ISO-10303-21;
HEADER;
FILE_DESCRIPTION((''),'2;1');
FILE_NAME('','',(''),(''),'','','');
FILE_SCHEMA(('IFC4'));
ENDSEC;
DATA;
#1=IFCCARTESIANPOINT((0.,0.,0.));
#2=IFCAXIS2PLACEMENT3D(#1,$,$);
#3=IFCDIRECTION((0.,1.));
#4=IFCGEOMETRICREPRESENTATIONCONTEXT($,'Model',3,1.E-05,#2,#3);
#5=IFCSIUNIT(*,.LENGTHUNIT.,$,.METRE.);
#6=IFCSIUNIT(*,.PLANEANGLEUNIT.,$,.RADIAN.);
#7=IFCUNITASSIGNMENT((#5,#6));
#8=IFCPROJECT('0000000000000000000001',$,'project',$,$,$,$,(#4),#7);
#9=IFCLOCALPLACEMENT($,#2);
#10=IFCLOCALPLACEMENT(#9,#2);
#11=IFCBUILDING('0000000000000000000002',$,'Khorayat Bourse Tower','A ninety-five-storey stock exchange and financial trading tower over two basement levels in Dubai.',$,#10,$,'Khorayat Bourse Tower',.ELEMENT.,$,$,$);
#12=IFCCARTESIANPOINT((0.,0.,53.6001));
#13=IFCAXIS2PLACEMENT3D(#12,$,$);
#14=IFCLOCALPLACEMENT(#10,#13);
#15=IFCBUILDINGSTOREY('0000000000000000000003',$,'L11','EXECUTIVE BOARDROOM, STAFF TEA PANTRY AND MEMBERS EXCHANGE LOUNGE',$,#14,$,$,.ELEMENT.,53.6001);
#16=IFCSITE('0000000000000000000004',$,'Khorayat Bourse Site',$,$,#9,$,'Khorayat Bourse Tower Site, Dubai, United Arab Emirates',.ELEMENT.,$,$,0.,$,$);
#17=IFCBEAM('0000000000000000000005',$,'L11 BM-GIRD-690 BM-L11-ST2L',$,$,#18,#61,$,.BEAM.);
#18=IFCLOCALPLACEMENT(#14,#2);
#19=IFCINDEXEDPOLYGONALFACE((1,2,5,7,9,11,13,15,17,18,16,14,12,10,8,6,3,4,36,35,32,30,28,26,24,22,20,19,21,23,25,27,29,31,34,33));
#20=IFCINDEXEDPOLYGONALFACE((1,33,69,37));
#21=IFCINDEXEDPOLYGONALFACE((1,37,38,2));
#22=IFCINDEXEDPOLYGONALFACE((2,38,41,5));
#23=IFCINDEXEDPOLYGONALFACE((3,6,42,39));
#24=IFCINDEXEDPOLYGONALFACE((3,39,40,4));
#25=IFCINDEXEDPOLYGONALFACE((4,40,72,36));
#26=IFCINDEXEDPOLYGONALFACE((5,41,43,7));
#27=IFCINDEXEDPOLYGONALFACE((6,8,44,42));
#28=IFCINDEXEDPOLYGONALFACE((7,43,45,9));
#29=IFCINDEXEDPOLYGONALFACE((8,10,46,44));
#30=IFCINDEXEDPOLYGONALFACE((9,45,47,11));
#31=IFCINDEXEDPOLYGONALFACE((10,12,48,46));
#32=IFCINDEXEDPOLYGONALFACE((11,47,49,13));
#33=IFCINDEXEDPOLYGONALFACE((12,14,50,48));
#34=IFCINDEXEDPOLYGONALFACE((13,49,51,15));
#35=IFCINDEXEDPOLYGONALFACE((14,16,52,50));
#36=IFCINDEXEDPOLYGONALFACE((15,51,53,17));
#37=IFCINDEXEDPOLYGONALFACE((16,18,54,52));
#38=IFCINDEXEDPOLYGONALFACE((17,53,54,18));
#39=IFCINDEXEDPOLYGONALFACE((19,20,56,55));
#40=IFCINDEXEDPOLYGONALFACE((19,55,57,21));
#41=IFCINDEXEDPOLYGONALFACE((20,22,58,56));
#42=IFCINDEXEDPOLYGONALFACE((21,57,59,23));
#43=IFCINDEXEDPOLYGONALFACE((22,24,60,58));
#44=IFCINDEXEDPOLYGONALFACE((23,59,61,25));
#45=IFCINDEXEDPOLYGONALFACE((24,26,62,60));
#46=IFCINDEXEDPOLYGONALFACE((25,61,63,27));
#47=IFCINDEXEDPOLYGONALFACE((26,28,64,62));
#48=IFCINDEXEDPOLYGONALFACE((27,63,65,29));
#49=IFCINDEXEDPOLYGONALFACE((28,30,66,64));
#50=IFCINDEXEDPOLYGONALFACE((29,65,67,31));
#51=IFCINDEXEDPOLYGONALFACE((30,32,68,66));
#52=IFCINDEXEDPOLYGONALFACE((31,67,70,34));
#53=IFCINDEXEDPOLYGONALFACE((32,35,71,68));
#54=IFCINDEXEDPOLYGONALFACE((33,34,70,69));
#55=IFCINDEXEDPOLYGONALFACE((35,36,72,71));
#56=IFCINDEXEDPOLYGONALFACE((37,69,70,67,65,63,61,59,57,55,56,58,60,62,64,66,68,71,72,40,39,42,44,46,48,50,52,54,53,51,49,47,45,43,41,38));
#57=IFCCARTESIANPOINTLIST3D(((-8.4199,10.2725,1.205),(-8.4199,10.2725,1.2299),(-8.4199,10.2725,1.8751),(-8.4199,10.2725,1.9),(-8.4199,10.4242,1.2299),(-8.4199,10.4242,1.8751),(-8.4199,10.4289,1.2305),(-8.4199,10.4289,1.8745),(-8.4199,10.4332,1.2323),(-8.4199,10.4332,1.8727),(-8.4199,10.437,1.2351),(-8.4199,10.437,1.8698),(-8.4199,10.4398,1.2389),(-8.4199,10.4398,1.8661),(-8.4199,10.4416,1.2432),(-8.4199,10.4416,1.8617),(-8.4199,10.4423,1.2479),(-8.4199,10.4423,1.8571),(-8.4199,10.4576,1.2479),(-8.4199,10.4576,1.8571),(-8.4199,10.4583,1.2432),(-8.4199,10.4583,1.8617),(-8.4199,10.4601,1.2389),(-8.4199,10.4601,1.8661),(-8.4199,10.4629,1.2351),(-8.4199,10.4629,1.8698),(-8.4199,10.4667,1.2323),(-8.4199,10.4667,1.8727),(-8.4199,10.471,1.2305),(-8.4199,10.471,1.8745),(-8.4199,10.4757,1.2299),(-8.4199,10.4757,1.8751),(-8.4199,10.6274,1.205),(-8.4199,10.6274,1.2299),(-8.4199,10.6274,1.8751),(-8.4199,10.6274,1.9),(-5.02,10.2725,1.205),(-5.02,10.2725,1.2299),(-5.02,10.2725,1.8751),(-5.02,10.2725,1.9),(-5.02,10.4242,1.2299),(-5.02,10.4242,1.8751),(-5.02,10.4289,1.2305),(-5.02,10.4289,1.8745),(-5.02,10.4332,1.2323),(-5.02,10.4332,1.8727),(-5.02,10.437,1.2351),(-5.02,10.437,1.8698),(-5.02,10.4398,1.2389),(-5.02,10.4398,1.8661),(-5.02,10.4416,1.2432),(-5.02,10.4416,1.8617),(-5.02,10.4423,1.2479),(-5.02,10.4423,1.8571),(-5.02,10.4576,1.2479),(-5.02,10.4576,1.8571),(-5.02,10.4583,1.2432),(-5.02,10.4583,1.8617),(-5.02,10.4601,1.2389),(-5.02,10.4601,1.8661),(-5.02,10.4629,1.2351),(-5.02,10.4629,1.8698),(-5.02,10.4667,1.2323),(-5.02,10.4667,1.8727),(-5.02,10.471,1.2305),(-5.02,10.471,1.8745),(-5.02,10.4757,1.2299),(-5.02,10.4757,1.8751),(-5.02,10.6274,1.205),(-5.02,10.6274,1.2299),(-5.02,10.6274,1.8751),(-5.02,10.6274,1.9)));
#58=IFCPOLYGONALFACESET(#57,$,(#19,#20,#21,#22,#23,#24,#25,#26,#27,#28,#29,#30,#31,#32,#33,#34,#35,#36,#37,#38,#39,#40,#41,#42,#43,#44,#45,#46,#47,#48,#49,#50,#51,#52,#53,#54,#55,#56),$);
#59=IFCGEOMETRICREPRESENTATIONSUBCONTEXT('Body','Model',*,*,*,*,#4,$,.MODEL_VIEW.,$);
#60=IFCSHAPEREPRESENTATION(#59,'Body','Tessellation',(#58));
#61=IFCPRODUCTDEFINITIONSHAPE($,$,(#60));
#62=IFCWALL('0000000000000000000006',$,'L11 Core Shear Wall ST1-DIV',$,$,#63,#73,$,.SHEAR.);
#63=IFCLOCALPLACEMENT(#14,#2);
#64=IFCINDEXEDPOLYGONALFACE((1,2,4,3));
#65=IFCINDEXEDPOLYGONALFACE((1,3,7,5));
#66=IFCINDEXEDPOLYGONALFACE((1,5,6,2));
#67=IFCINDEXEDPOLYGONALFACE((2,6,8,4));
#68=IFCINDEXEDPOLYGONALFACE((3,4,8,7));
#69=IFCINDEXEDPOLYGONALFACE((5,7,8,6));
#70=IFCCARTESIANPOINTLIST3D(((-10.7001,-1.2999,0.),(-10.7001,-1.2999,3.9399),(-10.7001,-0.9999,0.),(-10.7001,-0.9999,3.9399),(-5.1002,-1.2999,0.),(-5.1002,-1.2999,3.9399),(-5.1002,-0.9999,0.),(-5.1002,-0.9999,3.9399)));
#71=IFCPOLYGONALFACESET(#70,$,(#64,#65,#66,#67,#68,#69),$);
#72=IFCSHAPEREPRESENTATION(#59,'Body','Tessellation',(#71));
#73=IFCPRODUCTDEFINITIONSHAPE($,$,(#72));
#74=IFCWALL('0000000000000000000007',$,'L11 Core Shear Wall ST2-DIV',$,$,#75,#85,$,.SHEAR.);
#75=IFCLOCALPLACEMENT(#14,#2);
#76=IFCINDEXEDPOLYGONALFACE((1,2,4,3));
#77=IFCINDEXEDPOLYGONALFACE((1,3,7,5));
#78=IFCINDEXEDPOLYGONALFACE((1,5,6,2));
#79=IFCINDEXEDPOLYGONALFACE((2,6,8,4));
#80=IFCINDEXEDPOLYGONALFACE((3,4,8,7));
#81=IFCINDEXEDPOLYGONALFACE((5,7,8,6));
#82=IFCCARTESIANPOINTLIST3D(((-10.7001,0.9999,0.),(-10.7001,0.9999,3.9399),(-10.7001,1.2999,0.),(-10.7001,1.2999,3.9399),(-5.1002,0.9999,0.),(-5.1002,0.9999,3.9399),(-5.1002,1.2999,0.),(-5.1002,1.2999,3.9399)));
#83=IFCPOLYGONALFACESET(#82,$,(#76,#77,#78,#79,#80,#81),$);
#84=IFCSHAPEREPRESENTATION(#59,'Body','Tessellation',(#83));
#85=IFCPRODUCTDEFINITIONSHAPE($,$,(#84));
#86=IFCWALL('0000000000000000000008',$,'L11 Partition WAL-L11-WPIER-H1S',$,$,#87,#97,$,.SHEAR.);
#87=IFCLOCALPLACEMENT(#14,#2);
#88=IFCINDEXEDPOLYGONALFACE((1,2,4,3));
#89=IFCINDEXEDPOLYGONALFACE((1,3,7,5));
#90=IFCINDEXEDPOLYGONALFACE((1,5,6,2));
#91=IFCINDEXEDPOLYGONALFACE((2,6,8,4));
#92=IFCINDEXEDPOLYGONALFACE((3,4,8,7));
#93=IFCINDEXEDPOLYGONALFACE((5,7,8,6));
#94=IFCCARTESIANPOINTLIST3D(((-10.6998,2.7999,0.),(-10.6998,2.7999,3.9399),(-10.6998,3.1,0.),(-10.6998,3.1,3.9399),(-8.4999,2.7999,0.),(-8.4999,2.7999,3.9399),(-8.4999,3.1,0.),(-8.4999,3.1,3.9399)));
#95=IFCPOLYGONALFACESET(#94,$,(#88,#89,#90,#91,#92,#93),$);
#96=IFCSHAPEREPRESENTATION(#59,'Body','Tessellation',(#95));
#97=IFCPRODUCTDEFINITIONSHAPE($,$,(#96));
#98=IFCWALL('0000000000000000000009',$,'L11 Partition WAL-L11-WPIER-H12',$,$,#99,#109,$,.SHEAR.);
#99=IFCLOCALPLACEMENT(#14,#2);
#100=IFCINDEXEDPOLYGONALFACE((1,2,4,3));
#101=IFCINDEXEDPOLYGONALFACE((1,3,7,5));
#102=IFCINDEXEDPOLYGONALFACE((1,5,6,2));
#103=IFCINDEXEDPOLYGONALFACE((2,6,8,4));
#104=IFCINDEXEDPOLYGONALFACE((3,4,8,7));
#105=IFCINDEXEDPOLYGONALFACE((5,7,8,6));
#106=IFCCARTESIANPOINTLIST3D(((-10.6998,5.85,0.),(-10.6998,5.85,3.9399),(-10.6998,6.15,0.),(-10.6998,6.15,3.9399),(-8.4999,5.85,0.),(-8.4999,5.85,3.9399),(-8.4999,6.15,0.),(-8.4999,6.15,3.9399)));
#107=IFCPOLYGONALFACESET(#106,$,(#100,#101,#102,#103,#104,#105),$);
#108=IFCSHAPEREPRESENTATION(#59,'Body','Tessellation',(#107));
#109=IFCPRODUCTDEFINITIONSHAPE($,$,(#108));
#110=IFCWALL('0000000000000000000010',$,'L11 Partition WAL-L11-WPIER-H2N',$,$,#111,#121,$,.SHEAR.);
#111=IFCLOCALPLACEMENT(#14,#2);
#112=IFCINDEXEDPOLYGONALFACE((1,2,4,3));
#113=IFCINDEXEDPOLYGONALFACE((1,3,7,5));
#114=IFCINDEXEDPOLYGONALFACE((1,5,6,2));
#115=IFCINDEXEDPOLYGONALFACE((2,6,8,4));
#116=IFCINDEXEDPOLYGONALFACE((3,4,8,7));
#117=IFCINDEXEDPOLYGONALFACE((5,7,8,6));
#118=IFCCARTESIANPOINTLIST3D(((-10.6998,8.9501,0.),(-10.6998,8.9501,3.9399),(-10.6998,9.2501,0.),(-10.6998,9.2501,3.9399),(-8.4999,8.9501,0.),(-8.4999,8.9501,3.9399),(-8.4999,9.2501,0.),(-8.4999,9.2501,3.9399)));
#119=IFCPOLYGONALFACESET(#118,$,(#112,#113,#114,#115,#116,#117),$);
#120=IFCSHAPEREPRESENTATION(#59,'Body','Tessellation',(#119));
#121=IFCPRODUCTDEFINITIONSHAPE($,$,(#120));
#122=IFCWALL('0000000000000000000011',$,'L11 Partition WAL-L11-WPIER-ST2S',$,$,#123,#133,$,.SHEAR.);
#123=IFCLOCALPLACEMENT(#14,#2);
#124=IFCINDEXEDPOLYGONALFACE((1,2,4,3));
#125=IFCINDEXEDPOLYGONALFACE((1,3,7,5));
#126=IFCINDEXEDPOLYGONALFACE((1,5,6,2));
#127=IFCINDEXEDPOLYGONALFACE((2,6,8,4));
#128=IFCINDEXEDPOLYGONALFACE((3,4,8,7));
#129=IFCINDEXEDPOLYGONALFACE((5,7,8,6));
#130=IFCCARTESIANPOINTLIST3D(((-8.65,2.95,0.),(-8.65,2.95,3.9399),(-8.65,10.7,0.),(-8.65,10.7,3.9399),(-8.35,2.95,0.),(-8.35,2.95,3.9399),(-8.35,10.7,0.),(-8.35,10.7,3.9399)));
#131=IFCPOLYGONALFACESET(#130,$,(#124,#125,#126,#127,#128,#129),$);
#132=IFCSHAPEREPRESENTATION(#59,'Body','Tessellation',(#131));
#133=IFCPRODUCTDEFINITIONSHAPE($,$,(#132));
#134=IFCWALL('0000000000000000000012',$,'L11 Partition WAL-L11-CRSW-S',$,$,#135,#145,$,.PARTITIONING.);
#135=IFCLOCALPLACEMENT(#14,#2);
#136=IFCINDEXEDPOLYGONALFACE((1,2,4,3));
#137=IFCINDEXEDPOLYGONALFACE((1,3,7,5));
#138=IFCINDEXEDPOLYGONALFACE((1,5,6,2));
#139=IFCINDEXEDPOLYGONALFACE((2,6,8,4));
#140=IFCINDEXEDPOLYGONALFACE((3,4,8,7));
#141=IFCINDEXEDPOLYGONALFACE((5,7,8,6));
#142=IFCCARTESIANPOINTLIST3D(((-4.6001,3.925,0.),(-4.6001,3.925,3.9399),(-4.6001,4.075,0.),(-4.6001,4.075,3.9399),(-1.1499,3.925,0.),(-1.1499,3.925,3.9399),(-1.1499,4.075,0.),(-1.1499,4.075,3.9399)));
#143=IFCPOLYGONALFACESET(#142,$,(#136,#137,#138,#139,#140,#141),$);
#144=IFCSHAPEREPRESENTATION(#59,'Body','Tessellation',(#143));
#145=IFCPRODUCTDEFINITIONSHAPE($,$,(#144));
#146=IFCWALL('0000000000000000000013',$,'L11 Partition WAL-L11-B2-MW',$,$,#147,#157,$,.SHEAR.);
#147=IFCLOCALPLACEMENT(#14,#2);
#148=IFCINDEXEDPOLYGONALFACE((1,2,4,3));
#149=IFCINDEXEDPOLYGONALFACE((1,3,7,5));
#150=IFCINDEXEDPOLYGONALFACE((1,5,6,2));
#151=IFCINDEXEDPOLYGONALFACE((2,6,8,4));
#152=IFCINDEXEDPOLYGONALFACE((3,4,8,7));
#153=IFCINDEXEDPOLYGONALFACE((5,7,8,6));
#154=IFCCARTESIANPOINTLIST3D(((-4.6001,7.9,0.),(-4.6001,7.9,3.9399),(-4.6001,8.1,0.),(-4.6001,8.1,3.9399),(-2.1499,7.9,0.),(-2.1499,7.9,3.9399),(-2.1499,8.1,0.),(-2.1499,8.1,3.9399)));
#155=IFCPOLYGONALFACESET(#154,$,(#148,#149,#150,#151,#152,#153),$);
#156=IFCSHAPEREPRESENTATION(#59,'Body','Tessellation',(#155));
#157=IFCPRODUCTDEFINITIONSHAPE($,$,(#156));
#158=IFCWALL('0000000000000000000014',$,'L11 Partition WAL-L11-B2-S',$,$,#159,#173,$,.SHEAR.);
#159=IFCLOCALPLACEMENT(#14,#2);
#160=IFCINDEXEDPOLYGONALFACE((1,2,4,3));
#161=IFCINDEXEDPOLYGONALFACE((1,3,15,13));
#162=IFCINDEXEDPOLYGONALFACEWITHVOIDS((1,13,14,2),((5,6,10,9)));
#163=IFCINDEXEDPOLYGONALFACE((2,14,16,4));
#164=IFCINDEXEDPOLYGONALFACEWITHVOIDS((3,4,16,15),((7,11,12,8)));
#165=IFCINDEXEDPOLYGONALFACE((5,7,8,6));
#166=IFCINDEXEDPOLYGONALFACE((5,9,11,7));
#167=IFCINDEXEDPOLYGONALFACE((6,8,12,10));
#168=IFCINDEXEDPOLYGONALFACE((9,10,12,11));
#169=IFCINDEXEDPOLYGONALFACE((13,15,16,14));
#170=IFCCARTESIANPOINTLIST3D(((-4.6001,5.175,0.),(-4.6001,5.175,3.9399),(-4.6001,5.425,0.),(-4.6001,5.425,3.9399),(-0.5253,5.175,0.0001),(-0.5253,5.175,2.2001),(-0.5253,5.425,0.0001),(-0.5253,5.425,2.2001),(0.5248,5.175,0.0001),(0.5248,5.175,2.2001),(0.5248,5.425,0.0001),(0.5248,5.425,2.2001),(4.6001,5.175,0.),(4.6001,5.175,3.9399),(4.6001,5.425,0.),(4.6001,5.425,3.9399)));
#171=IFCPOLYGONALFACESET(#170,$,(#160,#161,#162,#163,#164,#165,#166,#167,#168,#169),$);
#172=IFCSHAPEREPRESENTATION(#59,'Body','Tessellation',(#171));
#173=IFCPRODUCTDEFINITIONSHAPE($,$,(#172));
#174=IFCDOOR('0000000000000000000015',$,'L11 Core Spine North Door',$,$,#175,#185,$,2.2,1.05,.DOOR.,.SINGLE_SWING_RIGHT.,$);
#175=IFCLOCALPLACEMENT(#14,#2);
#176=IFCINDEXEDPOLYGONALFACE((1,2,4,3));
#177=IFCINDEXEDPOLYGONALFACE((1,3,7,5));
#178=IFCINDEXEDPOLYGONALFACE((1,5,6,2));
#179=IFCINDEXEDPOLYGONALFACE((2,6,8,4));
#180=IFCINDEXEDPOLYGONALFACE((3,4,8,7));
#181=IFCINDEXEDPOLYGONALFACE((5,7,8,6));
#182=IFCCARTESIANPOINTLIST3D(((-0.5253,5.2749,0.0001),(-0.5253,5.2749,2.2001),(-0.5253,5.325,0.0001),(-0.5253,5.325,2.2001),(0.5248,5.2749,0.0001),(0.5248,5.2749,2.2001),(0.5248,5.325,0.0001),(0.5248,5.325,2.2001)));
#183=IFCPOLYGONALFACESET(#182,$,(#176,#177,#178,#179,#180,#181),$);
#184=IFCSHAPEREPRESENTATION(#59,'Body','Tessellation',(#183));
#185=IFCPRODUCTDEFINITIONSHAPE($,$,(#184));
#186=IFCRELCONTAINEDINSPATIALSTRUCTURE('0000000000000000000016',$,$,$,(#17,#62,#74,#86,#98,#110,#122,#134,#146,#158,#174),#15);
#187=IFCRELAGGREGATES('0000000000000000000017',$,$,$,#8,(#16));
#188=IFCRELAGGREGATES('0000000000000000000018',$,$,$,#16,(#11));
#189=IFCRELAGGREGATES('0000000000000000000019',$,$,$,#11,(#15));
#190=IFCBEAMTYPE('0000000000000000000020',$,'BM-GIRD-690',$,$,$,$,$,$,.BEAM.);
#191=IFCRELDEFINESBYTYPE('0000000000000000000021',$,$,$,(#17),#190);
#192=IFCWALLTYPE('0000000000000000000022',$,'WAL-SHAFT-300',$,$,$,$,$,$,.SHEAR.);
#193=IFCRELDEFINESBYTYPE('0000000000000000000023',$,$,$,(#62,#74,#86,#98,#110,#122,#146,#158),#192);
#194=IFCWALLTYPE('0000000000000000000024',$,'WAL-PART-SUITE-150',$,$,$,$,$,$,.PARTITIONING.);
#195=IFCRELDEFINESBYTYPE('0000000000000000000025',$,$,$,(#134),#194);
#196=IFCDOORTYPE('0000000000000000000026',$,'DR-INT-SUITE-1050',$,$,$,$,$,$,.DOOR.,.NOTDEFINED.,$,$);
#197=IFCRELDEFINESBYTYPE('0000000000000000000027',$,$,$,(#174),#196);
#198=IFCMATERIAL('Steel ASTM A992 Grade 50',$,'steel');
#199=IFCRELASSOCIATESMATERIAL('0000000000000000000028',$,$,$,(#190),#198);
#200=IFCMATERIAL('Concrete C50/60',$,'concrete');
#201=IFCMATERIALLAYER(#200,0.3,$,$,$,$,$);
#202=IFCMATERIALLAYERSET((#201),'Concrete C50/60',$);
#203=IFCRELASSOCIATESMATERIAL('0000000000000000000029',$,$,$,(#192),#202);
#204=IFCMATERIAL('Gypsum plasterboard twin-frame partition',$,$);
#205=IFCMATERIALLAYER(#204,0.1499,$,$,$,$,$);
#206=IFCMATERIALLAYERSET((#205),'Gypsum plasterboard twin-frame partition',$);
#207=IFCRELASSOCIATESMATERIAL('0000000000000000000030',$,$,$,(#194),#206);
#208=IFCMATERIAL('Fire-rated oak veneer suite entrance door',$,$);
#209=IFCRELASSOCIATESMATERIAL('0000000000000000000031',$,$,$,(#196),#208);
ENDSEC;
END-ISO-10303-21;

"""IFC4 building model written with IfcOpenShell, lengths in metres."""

from ifc_helpers import new_model, si_unit, direction, frame, frame_2d, origin, origin_2d, place, context, subcontext, project, spatial, rectangle, i_section, extrude, source, transform, mapped, material, layer, layer_set, material_profile, profile_set, type_object, element, fill, save


model = new_model("IFC4")

# Units and contexts
model_context = context("Model", 3, precision=1e-05, world=origin(), true_north=direction((0.0, 1.0)))
body_context = subcontext(model_context, "Body", "Model", "MODEL_VIEW")
ifc_project = project(units=[si_unit("LENGTHUNIT", "METRE"), si_unit("PLANEANGLEUNIT", "RADIAN")], contexts=[model_context])

# Site, building, storey
site_placement = place(None, origin())
site = spatial("IfcSite", under=ifc_project, at=site_placement, Name="Khorayat Bourse Site", LongName="Khorayat Bourse Tower Site, Dubai, United Arab Emirates", CompositionType="ELEMENT", RefElevation=0.0)
building_placement = place(site_placement, origin())
building = spatial("IfcBuilding", under=site, at=building_placement, Name="Khorayat Bourse Tower", Description="A ninety-five-storey stock exchange and financial trading tower over two basement levels in Dubai.", LongName="Khorayat Bourse Tower", CompositionType="ELEMENT")
storey_placement = place(building_placement, frame((0.0, 0.0, 53.6001)))
storey = spatial("IfcBuildingStorey", under=building, at=storey_placement, Name="L11", Description="EXECUTIVE BOARDROOM, STAFF TEA PANTRY AND MEMBERS EXCHANGE LOUNGE", CompositionType="ELEMENT", Elevation=53.6001)

# Beam
ifc_material_1 = material(Name="Steel ASTM A992 Grade 50", Category="steel")
ifc_material_profile_1 = material_profile(ifc_material_1, i_section(OverallWidth=0.355, OverallDepth=0.6951, WebThickness=0.0154, FlangeThickness=0.0249, FilletRadius=0.0181, at=origin_2d()), Name="W690X217")
ifc_profile_set_1 = profile_set([ifc_material_profile_1], Name="Steel ASTM A992 Grade 50")
beam_type_1 = type_object("IfcBeamType", Name="BM-GIRD-690", PredefinedType="BEAM", material=ifc_profile_set_1)
shared_shape_1 = source(origin(), body_context, "Body", "SweptSolid", [
    extrude(i_section(OverallWidth=0.355, OverallDepth=0.6951, WebThickness=0.0154, FlangeThickness=0.0249, FilletRadius=0.0181, at=origin_2d()), origin(), (0.0, 0.0, 1.0), 3.3999),
])
beam_1_placement = place(storey_placement, frame((-8.4199, 10.45, 1.5525), z_axis=(1.0, 0.0, 0.0), x_axis=(0.0, 1.0, 0.0)))
element("IfcBeam", 1, at=beam_1_placement, inside=storey, type_object=beam_type_1, Name="L11 BM-GIRD-690 BM-L11-ST2L", PredefinedType="BEAM", context=body_context, shape_type="MappedRepresentation", body=[
    mapped(shared_shape_1, transform((0.0, 0.0, 0.0), scale=1.0)),
])

# Walls
ifc_material_2 = material(Name="Concrete C50/60", Category="concrete")
ifc_layer_1 = layer(ifc_material_2, 0.3)
ifc_layer_set_1 = layer_set([ifc_layer_1], Name="Concrete C50/60")
wall_type_1 = type_object("IfcWallType", Name="WAL-SHAFT-300", PredefinedType="SHEAR", material=ifc_layer_set_1)
shared_shape_2 = source(origin(), body_context, "Body", "SweptSolid", [
    extrude(rectangle(XDim=5.5999, YDim=0.3, at=frame_2d((2.7998, 0.0))), origin(), (0.0, 0.0, 1.0), 3.9399),
])
for number, where, z_axis, x_axis, name in (
    (2, (-10.7, -1.1499, 0.0), (0.0, 0.0, 1.0), (1.0, 0.0, 0.0), "L11 Core Shear Wall ST1-DIV"),
    (3, (-10.7, 1.1499, 0.0), (0.0, 0.0, 1.0), (1.0, 0.0, 0.0), "L11 Core Shear Wall ST2-DIV"),
):
    element("IfcWall", number, at=place(storey_placement, frame(where, z_axis=z_axis, x_axis=x_axis)), inside=storey, type_object=wall_type_1, Name=name, PredefinedType="SHEAR", context=body_context, shape_type="MappedRepresentation", body=[
        mapped(shared_shape_2, transform((0.0, 0.0, 0.0), scale=1.0)),
    ])
shared_shape_3 = source(origin(), body_context, "Body", "SweptSolid", [
    extrude(rectangle(XDim=2.2, YDim=0.3, at=frame_2d((1.1001, 0.0))), origin(), (0.0, 0.0, 1.0), 3.9399),
])
for number, where, z_axis, x_axis, name in (
    (4, (-10.7, 2.95, 0.0), (0.0, 0.0, 1.0), (1.0, 0.0, 0.0), "L11 Partition WAL-L11-WPIER-H1S"),
    (5, (-10.7, 6.0, 0.0), (0.0, 0.0, 1.0), (1.0, 0.0, 0.0), "L11 Partition WAL-L11-WPIER-H12"),
    (6, (-10.7, 9.1001, 0.0), (0.0, 0.0, 1.0), (1.0, 0.0, 0.0), "L11 Partition WAL-L11-WPIER-H2N"),
):
    element("IfcWall", number, at=place(storey_placement, frame(where, z_axis=z_axis, x_axis=x_axis)), inside=storey, type_object=wall_type_1, Name=name, PredefinedType="SHEAR", context=body_context, shape_type="MappedRepresentation", body=[
        mapped(shared_shape_3, transform((0.0, 0.0, 0.0), scale=1.0)),
    ])
shared_shape_4 = source(origin(), body_context, "Body", "SweptSolid", [
    extrude(rectangle(XDim=7.75, YDim=0.3, at=frame_2d((3.875, 0.0))), origin(), (0.0, 0.0, 1.0), 3.9399),
])
wall_1_placement = place(storey_placement, frame((-8.5, 2.95, 0.0), z_axis=(0.0, 0.0, 1.0), x_axis=(0.0, 1.0, 0.0)))
element("IfcWall", 7, at=wall_1_placement, inside=storey, type_object=wall_type_1, Name="L11 Partition WAL-L11-WPIER-ST2S", PredefinedType="SHEAR", context=body_context, shape_type="MappedRepresentation", body=[
    mapped(shared_shape_4, transform((0.0, 0.0, 0.0), scale=1.0)),
])
ifc_material_3 = material(Name="Gypsum plasterboard twin-frame partition")
ifc_layer_2 = layer(ifc_material_3, 0.1499)
ifc_layer_set_2 = layer_set([ifc_layer_2], Name="Gypsum plasterboard twin-frame partition")
wall_type_2 = type_object("IfcWallType", Name="WAL-PART-SUITE-150", PredefinedType="PARTITIONING", material=ifc_layer_set_2)
shared_shape_5 = source(origin(), body_context, "Body", "SweptSolid", [
    extrude(rectangle(XDim=3.4502, YDim=0.1499, at=frame_2d((1.7251, 0.0))), origin(), (0.0, 0.0, 1.0), 3.9399),
])
wall_2_placement = place(storey_placement, frame((-4.6001, 4.0, 0.0), z_axis=(0.0, 0.0, 1.0), x_axis=(1.0, 0.0, 0.0)))
element("IfcWall", 8, at=wall_2_placement, inside=storey, type_object=wall_type_2, Name="L11 Partition WAL-L11-CRSW-S", PredefinedType="PARTITIONING", context=body_context, shape_type="MappedRepresentation", body=[
    mapped(shared_shape_5, transform((0.0, 0.0, 0.0), scale=1.0)),
])
shared_shape_6 = source(origin(), body_context, "Body", "SweptSolid", [
    extrude(rectangle(XDim=2.4502, YDim=0.2, at=frame_2d((1.2251, 0.0))), origin(), (0.0, 0.0, 1.0), 3.9399),
])
wall_3_placement = place(storey_placement, frame((-4.6001, 8.0, 0.0), z_axis=(0.0, 0.0, 1.0), x_axis=(1.0, 0.0, 0.0)))
element("IfcWall", 9, at=wall_3_placement, inside=storey, type_object=wall_type_1, Name="L11 Partition WAL-L11-B2-MW", PredefinedType="SHEAR", context=body_context, shape_type="MappedRepresentation", body=[
    mapped(shared_shape_6, transform((0.0, 0.0, 0.0), scale=1.0)),
])

# Wall, opening, door
shared_shape_7 = source(origin(), body_context, "Body", "SweptSolid", [
    extrude(rectangle(XDim=9.2002, YDim=0.25, at=frame_2d((4.6001, 0.0))), origin(), (0.0, 0.0, 1.0), 3.9399),
])
wall_4_placement = place(storey_placement, frame((-4.6001, 5.3, 0.0), z_axis=(0.0, 0.0, 1.0), x_axis=(1.0, 0.0, 0.0)))
wall_4 = element("IfcWall", 10, at=wall_4_placement, inside=storey, type_object=wall_type_1, Name="L11 Partition WAL-L11-B2-S", PredefinedType="SHEAR", context=body_context, shape_type="MappedRepresentation", body=[
    mapped(shared_shape_7, transform((0.0, 0.0, 0.0), scale=1.0)),
])
shared_shape_8 = source(origin(), body_context, "Body", "SweptSolid", [
    extrude(rectangle(XDim=1.05, YDim=2.2, at=frame_2d((0.5249, 1.1001))), frame((0.0, 0.135, 0.0), z_axis=(0.0, -1.0, 0.0), x_axis=(1.0, 0.0, 0.0)), (0.0, 0.0, 1.0), 0.27),
])
opening_placement = place(wall_4_placement, frame((4.075, 0.0, 0.0)))
opening = element("IfcOpeningElement", 11, at=opening_placement, cuts=wall_4, PredefinedType="OPENING", context=body_context, shape_type="MappedRepresentation", body=[
    mapped(shared_shape_8, transform((0.0, 0.0, 0.0), scale=1.0)),
])
ifc_material_4 = material(Name="Fire-rated oak veneer suite entrance door")
door_type = type_object("IfcDoorType", Name="DR-INT-SUITE-1050", OperationType="NOTDEFINED", PredefinedType="DOOR", material=ifc_material_4)
shared_shape_9 = source(origin(), body_context, "Body", "SweptSolid", [
    extrude(rectangle(XDim=1.05, YDim=2.2, at=frame_2d((0.5249, 1.1001))), frame((0.0, 0.0249, 0.0), z_axis=(0.0, -1.0, 0.0), x_axis=(1.0, 0.0, 0.0)), (0.0, 0.0, 1.0), 0.05),
])
door_placement = place(opening_placement, origin())
door = element("IfcDoor", 12, at=door_placement, inside=storey, type_object=door_type, Name="L11 Core Spine North Door", OperationType="SINGLE_SWING_RIGHT", OverallHeight=2.2, OverallWidth=1.05, PredefinedType="DOOR", context=body_context, shape_type="MappedRepresentation", body=[
    mapped(shared_shape_9, transform((0.0, 0.0, 0.0), scale=1.0)),
])
fill(opening, door)

save(model, "model.ifc")
